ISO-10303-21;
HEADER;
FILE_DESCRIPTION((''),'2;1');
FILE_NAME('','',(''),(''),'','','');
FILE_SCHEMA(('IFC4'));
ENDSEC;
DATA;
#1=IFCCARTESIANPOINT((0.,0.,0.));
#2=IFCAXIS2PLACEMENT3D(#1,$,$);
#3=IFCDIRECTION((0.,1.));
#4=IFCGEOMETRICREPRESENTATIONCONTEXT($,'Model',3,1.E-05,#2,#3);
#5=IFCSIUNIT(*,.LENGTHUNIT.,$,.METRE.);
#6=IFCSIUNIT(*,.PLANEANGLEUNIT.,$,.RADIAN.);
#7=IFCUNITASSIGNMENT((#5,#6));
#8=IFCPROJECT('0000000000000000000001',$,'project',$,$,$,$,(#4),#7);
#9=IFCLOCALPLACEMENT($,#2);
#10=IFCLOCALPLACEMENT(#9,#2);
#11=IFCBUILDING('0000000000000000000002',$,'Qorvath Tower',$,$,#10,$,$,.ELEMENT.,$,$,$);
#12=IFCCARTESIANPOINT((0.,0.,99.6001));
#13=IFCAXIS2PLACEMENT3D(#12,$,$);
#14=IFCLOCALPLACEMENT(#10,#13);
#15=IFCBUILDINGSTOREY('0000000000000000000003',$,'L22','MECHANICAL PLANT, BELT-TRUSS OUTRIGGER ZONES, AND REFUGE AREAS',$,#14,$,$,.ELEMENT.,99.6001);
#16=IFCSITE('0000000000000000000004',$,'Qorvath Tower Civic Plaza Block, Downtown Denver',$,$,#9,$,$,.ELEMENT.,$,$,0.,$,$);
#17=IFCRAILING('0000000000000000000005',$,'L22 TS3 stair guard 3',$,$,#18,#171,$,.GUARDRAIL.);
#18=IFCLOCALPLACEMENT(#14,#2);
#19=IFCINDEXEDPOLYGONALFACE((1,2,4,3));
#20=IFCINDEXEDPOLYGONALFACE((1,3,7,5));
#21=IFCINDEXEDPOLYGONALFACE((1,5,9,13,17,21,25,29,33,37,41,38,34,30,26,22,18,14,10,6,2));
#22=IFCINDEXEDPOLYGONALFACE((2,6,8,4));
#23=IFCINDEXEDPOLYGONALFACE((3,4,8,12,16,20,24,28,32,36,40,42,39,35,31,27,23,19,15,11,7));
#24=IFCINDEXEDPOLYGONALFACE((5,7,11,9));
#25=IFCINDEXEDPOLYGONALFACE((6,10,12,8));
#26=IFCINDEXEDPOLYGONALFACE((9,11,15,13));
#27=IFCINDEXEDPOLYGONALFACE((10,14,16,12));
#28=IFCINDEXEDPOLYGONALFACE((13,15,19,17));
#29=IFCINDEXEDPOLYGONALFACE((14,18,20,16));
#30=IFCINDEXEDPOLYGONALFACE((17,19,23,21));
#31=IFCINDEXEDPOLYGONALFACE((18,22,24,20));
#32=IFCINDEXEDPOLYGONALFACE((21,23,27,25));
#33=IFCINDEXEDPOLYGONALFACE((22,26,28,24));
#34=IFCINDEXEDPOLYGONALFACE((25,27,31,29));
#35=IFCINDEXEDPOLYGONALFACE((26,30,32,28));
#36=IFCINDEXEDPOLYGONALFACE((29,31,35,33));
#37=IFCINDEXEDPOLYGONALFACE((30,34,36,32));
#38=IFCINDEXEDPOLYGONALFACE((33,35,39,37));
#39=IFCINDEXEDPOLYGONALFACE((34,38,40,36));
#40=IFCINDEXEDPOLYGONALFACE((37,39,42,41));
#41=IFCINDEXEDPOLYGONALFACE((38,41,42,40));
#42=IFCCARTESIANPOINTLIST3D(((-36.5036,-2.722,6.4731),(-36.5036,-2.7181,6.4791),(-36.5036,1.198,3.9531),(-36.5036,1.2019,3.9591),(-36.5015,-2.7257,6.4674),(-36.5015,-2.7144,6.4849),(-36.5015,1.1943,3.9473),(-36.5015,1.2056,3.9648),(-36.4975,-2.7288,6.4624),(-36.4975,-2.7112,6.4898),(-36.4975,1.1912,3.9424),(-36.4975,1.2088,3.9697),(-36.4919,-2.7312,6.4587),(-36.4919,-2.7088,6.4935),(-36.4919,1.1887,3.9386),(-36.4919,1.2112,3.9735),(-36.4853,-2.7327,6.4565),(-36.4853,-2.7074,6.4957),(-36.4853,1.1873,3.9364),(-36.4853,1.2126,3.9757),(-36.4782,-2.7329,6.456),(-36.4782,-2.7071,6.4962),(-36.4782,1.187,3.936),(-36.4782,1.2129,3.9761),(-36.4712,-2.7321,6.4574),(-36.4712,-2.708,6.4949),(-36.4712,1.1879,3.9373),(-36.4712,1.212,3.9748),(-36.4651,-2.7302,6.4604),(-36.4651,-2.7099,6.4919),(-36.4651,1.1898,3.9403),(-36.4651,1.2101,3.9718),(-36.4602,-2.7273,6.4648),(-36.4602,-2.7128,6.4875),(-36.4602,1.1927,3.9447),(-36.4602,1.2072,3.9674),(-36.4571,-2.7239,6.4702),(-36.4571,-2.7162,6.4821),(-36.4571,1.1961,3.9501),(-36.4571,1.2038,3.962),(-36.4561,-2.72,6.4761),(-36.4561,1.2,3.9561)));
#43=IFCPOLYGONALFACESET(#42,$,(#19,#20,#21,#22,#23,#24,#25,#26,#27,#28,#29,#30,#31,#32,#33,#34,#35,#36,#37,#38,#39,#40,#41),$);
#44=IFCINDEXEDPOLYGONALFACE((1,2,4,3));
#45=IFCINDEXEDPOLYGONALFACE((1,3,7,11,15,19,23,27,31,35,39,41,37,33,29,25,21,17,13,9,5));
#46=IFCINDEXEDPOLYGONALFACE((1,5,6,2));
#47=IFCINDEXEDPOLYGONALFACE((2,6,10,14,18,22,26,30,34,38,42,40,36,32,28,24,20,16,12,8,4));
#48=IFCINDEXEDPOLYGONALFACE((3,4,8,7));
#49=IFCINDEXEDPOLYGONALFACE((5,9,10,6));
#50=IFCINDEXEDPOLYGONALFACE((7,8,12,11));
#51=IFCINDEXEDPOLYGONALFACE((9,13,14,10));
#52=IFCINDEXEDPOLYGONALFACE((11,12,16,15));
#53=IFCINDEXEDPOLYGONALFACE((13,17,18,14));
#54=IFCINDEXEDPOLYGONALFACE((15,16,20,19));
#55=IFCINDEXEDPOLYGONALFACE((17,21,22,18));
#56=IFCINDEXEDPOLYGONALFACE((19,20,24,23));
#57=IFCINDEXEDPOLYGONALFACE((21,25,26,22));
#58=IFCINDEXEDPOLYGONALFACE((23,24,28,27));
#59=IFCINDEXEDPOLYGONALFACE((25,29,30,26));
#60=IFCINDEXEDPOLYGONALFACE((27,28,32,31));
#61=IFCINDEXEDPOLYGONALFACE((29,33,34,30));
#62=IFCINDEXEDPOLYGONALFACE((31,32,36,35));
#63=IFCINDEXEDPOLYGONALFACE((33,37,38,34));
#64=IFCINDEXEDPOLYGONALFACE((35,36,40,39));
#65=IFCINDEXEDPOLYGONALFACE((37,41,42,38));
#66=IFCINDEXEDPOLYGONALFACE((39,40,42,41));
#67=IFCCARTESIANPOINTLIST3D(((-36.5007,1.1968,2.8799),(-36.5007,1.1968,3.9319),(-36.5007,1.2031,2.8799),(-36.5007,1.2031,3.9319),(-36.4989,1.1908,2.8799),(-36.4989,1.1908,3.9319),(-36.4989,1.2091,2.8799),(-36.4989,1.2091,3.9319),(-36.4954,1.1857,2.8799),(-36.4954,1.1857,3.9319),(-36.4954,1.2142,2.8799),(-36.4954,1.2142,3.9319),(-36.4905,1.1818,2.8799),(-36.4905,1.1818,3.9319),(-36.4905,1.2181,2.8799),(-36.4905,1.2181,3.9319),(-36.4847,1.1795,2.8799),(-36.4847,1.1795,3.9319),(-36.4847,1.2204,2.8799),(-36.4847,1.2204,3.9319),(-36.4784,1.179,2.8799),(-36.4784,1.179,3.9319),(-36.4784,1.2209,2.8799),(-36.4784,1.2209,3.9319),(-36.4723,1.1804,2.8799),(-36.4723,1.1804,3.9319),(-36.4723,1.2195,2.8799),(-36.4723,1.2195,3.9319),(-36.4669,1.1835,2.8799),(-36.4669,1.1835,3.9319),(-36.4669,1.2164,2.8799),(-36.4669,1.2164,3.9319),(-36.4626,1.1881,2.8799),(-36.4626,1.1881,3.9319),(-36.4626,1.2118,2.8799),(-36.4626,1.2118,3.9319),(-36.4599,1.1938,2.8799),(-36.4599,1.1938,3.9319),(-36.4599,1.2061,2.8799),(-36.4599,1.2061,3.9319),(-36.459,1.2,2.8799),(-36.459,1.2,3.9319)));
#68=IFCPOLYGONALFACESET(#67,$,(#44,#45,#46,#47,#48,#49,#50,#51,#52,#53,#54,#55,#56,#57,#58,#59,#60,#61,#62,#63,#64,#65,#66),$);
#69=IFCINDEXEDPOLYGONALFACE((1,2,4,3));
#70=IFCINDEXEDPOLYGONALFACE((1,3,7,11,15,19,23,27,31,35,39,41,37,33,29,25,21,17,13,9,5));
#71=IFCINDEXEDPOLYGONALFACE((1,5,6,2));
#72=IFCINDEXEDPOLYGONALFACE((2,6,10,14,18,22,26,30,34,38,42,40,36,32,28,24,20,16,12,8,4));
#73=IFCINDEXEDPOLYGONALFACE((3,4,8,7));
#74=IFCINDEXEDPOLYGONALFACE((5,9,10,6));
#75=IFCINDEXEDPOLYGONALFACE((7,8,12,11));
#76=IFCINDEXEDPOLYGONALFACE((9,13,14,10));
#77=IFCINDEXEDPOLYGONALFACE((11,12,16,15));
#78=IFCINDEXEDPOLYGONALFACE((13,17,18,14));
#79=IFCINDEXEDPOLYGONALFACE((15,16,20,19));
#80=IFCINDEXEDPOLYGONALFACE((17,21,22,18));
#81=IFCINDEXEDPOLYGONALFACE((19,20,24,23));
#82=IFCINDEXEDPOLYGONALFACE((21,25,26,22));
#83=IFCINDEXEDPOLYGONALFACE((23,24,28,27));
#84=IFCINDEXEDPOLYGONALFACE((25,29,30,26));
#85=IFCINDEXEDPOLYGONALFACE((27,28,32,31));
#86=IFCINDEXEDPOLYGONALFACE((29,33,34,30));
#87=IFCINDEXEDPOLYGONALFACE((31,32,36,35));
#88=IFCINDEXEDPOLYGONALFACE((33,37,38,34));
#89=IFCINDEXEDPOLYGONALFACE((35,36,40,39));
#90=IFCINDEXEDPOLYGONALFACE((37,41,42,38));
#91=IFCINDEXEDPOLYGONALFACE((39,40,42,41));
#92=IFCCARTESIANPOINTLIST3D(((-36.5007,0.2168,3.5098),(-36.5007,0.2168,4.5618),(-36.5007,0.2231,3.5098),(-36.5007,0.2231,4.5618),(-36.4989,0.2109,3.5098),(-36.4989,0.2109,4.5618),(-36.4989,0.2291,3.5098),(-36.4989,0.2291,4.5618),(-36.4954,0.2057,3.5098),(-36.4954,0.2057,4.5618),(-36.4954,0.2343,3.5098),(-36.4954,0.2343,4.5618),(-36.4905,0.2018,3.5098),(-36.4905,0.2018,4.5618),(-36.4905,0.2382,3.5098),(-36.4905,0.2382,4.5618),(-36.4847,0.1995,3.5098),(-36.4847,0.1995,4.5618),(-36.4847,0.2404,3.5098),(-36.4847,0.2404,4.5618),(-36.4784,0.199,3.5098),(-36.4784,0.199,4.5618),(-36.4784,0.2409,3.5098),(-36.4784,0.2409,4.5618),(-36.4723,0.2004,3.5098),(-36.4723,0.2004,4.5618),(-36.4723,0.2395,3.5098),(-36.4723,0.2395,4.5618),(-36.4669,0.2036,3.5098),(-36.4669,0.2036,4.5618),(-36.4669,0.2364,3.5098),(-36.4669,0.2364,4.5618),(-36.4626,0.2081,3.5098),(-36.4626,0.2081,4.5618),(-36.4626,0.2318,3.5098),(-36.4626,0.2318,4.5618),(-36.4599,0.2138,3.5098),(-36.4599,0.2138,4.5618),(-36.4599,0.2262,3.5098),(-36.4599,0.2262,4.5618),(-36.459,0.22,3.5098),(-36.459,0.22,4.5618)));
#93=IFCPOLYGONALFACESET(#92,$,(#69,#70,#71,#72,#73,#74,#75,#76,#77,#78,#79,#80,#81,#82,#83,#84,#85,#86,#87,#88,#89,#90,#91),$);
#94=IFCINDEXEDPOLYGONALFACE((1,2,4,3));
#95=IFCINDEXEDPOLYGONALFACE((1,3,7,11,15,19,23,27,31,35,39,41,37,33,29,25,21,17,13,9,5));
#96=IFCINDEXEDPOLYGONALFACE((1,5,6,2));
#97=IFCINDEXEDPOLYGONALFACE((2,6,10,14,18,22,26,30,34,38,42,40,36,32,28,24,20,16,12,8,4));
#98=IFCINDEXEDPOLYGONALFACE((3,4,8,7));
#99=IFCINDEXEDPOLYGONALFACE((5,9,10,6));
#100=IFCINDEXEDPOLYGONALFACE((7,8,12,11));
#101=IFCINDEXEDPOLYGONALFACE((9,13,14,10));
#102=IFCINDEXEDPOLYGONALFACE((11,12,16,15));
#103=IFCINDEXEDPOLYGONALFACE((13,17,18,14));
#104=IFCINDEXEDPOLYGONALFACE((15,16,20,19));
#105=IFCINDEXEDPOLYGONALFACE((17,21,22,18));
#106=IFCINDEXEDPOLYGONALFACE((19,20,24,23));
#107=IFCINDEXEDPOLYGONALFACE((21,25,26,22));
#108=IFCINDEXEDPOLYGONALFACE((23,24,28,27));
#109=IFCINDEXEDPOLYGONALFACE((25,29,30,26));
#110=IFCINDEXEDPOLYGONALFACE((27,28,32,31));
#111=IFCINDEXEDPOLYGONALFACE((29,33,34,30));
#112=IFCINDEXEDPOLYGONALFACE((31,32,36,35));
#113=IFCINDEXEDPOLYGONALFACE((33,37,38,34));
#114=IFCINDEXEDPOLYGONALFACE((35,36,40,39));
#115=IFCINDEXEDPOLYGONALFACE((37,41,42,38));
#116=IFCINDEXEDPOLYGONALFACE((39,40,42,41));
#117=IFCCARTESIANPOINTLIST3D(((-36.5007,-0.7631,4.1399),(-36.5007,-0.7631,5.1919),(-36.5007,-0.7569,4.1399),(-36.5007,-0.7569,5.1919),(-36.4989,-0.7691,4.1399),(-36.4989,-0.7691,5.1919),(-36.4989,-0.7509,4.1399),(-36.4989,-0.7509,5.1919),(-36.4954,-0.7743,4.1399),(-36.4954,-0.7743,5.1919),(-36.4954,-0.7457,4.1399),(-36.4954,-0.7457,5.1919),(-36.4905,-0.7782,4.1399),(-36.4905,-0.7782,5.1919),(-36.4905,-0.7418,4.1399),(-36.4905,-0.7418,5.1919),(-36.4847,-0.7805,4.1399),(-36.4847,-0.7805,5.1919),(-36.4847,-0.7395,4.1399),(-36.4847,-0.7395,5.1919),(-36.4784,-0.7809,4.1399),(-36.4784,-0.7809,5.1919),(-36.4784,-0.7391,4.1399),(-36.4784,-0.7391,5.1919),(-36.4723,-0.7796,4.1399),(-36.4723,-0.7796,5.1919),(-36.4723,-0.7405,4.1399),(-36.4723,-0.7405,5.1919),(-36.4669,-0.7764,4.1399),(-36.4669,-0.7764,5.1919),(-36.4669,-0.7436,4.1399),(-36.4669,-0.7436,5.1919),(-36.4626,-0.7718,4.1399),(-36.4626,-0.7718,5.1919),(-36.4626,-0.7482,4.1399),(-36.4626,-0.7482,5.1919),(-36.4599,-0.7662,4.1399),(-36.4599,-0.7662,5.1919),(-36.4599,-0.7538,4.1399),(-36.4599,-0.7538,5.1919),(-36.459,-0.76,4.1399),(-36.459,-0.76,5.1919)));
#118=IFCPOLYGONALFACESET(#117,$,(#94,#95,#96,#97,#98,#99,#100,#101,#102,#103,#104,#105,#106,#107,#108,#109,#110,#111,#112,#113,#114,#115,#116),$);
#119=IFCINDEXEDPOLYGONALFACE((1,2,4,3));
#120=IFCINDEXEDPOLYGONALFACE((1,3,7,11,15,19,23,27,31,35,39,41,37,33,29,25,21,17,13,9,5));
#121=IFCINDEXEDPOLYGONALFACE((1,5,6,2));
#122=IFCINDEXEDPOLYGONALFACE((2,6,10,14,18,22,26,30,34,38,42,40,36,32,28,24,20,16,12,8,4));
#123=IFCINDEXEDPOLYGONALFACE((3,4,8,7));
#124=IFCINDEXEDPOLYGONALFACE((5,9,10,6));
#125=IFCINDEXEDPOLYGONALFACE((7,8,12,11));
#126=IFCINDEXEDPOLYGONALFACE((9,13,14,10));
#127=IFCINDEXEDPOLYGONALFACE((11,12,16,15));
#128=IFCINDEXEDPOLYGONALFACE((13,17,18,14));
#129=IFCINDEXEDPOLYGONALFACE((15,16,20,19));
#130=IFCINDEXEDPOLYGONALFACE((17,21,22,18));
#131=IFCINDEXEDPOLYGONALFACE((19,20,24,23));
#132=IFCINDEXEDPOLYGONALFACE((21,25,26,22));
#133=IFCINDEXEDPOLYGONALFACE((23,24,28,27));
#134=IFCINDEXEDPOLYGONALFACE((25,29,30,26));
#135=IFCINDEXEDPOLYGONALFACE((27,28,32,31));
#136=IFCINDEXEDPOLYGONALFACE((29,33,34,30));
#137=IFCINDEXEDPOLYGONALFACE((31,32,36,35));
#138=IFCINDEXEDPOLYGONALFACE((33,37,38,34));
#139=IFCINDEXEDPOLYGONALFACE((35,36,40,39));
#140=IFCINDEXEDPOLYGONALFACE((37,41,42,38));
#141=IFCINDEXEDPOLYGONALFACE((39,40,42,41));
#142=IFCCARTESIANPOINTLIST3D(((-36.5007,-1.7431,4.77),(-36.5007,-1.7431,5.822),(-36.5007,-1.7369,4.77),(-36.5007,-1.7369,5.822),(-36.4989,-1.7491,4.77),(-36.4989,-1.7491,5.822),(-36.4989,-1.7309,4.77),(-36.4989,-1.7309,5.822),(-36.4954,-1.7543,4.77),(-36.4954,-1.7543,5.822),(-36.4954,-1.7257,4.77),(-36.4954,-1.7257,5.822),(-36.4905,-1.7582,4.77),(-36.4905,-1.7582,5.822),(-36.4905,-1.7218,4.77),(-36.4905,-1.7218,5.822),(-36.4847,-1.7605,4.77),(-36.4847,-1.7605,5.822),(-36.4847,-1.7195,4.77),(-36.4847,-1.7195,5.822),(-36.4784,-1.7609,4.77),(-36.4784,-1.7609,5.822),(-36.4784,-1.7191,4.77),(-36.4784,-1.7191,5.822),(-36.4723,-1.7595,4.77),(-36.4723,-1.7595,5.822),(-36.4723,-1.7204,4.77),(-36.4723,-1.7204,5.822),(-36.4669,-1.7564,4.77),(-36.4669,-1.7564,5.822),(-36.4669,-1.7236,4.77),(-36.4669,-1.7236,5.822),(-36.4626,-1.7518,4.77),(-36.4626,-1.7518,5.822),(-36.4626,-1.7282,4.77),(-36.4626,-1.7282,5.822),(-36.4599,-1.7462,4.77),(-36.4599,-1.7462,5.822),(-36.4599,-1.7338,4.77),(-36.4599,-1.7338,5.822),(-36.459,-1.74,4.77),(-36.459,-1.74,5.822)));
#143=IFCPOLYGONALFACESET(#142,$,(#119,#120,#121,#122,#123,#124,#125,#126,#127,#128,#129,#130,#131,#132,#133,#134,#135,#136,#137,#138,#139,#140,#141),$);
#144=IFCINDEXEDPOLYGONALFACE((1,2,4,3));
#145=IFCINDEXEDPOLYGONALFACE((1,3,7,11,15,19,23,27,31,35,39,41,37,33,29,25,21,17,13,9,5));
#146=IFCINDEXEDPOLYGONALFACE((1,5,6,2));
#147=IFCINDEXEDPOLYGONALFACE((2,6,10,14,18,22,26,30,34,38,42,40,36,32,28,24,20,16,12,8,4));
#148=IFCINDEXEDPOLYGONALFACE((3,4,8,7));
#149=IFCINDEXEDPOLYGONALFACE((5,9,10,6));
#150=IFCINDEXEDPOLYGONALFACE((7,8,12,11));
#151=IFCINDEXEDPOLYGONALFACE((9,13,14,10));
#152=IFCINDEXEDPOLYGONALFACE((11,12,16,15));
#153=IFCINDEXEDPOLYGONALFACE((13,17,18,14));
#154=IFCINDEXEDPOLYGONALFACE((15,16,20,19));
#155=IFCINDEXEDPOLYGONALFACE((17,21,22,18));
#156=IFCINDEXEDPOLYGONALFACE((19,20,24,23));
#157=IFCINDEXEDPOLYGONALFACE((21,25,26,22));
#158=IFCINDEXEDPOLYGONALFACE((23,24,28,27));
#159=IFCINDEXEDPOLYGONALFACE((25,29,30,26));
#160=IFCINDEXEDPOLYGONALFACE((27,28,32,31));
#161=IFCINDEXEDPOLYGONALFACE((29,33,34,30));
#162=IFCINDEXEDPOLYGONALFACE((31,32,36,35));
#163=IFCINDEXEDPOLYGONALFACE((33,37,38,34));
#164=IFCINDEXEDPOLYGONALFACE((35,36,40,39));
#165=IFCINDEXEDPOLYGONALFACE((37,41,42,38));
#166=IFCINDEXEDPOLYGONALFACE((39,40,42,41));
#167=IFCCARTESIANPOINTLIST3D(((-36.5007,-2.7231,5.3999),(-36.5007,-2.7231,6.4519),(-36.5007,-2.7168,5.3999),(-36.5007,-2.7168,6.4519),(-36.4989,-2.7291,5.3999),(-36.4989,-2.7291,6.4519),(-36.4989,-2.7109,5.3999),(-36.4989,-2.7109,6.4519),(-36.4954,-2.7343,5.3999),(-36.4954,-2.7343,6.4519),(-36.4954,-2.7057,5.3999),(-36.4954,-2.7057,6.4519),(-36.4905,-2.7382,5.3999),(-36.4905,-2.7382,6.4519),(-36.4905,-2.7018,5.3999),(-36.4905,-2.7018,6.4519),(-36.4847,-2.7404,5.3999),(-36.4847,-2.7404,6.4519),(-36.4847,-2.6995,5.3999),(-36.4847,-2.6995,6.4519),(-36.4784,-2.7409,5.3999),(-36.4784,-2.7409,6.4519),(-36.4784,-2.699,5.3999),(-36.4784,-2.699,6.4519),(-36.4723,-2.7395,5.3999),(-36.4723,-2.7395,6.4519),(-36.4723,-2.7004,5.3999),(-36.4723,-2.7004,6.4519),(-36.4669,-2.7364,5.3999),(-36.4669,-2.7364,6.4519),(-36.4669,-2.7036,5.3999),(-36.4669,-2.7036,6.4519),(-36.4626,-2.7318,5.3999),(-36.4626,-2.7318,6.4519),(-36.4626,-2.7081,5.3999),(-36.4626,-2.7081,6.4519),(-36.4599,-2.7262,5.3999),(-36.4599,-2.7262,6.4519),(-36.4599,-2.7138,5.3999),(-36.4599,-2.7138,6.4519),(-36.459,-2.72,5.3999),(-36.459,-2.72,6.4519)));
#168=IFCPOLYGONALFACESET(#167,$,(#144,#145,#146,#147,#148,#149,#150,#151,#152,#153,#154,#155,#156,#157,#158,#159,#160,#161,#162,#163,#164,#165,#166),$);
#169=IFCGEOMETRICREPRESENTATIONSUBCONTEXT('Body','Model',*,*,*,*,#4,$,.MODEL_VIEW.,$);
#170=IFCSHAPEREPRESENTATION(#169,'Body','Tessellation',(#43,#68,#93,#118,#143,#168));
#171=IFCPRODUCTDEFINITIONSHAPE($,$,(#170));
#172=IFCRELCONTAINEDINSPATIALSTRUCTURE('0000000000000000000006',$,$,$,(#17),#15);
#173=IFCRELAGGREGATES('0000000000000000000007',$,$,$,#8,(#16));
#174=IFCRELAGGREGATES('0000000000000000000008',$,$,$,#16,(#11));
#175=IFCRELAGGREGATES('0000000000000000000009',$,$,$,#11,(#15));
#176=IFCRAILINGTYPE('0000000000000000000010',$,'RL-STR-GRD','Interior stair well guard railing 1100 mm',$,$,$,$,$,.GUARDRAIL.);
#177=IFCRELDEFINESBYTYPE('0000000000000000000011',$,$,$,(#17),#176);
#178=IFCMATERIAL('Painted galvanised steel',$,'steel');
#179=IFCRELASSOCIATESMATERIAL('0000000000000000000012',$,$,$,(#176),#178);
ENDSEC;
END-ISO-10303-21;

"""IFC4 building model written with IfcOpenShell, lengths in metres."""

from ifc_helpers import new_model, si_unit, direction, frame, origin, origin_2d, place, context, subcontext, project, spatial, circle, extrude, material, type_object, element, save


model = new_model("IFC4")

# Units and contexts
model_context = context("Model", 3, precision=1e-05, world=origin(), true_north=direction((0.0, 1.0)))
body_context = subcontext(model_context, "Body", "Model", "MODEL_VIEW")
ifc_project = project(units=[si_unit("LENGTHUNIT", "METRE"), si_unit("PLANEANGLEUNIT", "RADIAN")], contexts=[model_context])

# Site, building, storey
site_placement = place(None, origin())
site = spatial("IfcSite", under=ifc_project, at=site_placement, Name="Qorvath Tower Civic Plaza Block, Downtown Denver", CompositionType="ELEMENT", RefElevation=0.0)
building_placement = place(site_placement, origin())
building = spatial("IfcBuilding", under=site, at=building_placement, Name="Qorvath Tower", CompositionType="ELEMENT")
storey_placement = place(building_placement, frame((0.0, 0.0, 99.6001)))
storey = spatial("IfcBuildingStorey", under=building, at=storey_placement, Name="L22", Description="MECHANICAL PLANT, BELT-TRUSS OUTRIGGER ZONES, AND REFUGE AREAS", CompositionType="ELEMENT", Elevation=99.6001)

# Railing
ifc_material_1 = material(Name="Painted galvanised steel", Category="steel")
railing_type_1 = type_object("IfcRailingType", Name="RL-STR-GRD", Description="Interior stair well guard railing 1100 mm", PredefinedType="GUARDRAIL", material=ifc_material_1)
railing_1_placement = place(storey_placement, frame((-36.48, 1.2, 2.8799)))
element("IfcRailing", 1, at=railing_1_placement, inside=storey, type_object=railing_type_1, Name="L22 TS3 stair guard 3", PredefinedType="GUARDRAIL", context=body_context, shape_type="SweptSolid", body=[
    extrude(circle(Radius=0.0239, at=origin_2d()), frame((0.0, 0.0, 1.0762), z_axis=(0.0, -0.841172, 0.540768), x_axis=(1.0, 0.0, 0.0)), (0.0, 0.0, 1.0), 4.6602),
    extrude(circle(Radius=0.021, at=origin_2d()), origin(), (0.0, 0.0, 1.0), 1.052),
    extrude(circle(Radius=0.021, at=origin_2d()), frame((0.0, -0.98, 0.6299)), (0.0, 0.0, 1.0), 1.052),
    extrude(circle(Radius=0.021, at=origin_2d()), frame((0.0, -1.96, 1.26)), (0.0, 0.0, 1.0), 1.052),
    extrude(circle(Radius=0.021, at=origin_2d()), frame((0.0, -2.9399, 1.8901)), (0.0, 0.0, 1.0), 1.052),
    extrude(circle(Radius=0.021, at=origin_2d()), frame((0.0, -3.9199, 2.52)), (0.0, 0.0, 1.0), 1.052),
])

save(model, "model.ifc")
